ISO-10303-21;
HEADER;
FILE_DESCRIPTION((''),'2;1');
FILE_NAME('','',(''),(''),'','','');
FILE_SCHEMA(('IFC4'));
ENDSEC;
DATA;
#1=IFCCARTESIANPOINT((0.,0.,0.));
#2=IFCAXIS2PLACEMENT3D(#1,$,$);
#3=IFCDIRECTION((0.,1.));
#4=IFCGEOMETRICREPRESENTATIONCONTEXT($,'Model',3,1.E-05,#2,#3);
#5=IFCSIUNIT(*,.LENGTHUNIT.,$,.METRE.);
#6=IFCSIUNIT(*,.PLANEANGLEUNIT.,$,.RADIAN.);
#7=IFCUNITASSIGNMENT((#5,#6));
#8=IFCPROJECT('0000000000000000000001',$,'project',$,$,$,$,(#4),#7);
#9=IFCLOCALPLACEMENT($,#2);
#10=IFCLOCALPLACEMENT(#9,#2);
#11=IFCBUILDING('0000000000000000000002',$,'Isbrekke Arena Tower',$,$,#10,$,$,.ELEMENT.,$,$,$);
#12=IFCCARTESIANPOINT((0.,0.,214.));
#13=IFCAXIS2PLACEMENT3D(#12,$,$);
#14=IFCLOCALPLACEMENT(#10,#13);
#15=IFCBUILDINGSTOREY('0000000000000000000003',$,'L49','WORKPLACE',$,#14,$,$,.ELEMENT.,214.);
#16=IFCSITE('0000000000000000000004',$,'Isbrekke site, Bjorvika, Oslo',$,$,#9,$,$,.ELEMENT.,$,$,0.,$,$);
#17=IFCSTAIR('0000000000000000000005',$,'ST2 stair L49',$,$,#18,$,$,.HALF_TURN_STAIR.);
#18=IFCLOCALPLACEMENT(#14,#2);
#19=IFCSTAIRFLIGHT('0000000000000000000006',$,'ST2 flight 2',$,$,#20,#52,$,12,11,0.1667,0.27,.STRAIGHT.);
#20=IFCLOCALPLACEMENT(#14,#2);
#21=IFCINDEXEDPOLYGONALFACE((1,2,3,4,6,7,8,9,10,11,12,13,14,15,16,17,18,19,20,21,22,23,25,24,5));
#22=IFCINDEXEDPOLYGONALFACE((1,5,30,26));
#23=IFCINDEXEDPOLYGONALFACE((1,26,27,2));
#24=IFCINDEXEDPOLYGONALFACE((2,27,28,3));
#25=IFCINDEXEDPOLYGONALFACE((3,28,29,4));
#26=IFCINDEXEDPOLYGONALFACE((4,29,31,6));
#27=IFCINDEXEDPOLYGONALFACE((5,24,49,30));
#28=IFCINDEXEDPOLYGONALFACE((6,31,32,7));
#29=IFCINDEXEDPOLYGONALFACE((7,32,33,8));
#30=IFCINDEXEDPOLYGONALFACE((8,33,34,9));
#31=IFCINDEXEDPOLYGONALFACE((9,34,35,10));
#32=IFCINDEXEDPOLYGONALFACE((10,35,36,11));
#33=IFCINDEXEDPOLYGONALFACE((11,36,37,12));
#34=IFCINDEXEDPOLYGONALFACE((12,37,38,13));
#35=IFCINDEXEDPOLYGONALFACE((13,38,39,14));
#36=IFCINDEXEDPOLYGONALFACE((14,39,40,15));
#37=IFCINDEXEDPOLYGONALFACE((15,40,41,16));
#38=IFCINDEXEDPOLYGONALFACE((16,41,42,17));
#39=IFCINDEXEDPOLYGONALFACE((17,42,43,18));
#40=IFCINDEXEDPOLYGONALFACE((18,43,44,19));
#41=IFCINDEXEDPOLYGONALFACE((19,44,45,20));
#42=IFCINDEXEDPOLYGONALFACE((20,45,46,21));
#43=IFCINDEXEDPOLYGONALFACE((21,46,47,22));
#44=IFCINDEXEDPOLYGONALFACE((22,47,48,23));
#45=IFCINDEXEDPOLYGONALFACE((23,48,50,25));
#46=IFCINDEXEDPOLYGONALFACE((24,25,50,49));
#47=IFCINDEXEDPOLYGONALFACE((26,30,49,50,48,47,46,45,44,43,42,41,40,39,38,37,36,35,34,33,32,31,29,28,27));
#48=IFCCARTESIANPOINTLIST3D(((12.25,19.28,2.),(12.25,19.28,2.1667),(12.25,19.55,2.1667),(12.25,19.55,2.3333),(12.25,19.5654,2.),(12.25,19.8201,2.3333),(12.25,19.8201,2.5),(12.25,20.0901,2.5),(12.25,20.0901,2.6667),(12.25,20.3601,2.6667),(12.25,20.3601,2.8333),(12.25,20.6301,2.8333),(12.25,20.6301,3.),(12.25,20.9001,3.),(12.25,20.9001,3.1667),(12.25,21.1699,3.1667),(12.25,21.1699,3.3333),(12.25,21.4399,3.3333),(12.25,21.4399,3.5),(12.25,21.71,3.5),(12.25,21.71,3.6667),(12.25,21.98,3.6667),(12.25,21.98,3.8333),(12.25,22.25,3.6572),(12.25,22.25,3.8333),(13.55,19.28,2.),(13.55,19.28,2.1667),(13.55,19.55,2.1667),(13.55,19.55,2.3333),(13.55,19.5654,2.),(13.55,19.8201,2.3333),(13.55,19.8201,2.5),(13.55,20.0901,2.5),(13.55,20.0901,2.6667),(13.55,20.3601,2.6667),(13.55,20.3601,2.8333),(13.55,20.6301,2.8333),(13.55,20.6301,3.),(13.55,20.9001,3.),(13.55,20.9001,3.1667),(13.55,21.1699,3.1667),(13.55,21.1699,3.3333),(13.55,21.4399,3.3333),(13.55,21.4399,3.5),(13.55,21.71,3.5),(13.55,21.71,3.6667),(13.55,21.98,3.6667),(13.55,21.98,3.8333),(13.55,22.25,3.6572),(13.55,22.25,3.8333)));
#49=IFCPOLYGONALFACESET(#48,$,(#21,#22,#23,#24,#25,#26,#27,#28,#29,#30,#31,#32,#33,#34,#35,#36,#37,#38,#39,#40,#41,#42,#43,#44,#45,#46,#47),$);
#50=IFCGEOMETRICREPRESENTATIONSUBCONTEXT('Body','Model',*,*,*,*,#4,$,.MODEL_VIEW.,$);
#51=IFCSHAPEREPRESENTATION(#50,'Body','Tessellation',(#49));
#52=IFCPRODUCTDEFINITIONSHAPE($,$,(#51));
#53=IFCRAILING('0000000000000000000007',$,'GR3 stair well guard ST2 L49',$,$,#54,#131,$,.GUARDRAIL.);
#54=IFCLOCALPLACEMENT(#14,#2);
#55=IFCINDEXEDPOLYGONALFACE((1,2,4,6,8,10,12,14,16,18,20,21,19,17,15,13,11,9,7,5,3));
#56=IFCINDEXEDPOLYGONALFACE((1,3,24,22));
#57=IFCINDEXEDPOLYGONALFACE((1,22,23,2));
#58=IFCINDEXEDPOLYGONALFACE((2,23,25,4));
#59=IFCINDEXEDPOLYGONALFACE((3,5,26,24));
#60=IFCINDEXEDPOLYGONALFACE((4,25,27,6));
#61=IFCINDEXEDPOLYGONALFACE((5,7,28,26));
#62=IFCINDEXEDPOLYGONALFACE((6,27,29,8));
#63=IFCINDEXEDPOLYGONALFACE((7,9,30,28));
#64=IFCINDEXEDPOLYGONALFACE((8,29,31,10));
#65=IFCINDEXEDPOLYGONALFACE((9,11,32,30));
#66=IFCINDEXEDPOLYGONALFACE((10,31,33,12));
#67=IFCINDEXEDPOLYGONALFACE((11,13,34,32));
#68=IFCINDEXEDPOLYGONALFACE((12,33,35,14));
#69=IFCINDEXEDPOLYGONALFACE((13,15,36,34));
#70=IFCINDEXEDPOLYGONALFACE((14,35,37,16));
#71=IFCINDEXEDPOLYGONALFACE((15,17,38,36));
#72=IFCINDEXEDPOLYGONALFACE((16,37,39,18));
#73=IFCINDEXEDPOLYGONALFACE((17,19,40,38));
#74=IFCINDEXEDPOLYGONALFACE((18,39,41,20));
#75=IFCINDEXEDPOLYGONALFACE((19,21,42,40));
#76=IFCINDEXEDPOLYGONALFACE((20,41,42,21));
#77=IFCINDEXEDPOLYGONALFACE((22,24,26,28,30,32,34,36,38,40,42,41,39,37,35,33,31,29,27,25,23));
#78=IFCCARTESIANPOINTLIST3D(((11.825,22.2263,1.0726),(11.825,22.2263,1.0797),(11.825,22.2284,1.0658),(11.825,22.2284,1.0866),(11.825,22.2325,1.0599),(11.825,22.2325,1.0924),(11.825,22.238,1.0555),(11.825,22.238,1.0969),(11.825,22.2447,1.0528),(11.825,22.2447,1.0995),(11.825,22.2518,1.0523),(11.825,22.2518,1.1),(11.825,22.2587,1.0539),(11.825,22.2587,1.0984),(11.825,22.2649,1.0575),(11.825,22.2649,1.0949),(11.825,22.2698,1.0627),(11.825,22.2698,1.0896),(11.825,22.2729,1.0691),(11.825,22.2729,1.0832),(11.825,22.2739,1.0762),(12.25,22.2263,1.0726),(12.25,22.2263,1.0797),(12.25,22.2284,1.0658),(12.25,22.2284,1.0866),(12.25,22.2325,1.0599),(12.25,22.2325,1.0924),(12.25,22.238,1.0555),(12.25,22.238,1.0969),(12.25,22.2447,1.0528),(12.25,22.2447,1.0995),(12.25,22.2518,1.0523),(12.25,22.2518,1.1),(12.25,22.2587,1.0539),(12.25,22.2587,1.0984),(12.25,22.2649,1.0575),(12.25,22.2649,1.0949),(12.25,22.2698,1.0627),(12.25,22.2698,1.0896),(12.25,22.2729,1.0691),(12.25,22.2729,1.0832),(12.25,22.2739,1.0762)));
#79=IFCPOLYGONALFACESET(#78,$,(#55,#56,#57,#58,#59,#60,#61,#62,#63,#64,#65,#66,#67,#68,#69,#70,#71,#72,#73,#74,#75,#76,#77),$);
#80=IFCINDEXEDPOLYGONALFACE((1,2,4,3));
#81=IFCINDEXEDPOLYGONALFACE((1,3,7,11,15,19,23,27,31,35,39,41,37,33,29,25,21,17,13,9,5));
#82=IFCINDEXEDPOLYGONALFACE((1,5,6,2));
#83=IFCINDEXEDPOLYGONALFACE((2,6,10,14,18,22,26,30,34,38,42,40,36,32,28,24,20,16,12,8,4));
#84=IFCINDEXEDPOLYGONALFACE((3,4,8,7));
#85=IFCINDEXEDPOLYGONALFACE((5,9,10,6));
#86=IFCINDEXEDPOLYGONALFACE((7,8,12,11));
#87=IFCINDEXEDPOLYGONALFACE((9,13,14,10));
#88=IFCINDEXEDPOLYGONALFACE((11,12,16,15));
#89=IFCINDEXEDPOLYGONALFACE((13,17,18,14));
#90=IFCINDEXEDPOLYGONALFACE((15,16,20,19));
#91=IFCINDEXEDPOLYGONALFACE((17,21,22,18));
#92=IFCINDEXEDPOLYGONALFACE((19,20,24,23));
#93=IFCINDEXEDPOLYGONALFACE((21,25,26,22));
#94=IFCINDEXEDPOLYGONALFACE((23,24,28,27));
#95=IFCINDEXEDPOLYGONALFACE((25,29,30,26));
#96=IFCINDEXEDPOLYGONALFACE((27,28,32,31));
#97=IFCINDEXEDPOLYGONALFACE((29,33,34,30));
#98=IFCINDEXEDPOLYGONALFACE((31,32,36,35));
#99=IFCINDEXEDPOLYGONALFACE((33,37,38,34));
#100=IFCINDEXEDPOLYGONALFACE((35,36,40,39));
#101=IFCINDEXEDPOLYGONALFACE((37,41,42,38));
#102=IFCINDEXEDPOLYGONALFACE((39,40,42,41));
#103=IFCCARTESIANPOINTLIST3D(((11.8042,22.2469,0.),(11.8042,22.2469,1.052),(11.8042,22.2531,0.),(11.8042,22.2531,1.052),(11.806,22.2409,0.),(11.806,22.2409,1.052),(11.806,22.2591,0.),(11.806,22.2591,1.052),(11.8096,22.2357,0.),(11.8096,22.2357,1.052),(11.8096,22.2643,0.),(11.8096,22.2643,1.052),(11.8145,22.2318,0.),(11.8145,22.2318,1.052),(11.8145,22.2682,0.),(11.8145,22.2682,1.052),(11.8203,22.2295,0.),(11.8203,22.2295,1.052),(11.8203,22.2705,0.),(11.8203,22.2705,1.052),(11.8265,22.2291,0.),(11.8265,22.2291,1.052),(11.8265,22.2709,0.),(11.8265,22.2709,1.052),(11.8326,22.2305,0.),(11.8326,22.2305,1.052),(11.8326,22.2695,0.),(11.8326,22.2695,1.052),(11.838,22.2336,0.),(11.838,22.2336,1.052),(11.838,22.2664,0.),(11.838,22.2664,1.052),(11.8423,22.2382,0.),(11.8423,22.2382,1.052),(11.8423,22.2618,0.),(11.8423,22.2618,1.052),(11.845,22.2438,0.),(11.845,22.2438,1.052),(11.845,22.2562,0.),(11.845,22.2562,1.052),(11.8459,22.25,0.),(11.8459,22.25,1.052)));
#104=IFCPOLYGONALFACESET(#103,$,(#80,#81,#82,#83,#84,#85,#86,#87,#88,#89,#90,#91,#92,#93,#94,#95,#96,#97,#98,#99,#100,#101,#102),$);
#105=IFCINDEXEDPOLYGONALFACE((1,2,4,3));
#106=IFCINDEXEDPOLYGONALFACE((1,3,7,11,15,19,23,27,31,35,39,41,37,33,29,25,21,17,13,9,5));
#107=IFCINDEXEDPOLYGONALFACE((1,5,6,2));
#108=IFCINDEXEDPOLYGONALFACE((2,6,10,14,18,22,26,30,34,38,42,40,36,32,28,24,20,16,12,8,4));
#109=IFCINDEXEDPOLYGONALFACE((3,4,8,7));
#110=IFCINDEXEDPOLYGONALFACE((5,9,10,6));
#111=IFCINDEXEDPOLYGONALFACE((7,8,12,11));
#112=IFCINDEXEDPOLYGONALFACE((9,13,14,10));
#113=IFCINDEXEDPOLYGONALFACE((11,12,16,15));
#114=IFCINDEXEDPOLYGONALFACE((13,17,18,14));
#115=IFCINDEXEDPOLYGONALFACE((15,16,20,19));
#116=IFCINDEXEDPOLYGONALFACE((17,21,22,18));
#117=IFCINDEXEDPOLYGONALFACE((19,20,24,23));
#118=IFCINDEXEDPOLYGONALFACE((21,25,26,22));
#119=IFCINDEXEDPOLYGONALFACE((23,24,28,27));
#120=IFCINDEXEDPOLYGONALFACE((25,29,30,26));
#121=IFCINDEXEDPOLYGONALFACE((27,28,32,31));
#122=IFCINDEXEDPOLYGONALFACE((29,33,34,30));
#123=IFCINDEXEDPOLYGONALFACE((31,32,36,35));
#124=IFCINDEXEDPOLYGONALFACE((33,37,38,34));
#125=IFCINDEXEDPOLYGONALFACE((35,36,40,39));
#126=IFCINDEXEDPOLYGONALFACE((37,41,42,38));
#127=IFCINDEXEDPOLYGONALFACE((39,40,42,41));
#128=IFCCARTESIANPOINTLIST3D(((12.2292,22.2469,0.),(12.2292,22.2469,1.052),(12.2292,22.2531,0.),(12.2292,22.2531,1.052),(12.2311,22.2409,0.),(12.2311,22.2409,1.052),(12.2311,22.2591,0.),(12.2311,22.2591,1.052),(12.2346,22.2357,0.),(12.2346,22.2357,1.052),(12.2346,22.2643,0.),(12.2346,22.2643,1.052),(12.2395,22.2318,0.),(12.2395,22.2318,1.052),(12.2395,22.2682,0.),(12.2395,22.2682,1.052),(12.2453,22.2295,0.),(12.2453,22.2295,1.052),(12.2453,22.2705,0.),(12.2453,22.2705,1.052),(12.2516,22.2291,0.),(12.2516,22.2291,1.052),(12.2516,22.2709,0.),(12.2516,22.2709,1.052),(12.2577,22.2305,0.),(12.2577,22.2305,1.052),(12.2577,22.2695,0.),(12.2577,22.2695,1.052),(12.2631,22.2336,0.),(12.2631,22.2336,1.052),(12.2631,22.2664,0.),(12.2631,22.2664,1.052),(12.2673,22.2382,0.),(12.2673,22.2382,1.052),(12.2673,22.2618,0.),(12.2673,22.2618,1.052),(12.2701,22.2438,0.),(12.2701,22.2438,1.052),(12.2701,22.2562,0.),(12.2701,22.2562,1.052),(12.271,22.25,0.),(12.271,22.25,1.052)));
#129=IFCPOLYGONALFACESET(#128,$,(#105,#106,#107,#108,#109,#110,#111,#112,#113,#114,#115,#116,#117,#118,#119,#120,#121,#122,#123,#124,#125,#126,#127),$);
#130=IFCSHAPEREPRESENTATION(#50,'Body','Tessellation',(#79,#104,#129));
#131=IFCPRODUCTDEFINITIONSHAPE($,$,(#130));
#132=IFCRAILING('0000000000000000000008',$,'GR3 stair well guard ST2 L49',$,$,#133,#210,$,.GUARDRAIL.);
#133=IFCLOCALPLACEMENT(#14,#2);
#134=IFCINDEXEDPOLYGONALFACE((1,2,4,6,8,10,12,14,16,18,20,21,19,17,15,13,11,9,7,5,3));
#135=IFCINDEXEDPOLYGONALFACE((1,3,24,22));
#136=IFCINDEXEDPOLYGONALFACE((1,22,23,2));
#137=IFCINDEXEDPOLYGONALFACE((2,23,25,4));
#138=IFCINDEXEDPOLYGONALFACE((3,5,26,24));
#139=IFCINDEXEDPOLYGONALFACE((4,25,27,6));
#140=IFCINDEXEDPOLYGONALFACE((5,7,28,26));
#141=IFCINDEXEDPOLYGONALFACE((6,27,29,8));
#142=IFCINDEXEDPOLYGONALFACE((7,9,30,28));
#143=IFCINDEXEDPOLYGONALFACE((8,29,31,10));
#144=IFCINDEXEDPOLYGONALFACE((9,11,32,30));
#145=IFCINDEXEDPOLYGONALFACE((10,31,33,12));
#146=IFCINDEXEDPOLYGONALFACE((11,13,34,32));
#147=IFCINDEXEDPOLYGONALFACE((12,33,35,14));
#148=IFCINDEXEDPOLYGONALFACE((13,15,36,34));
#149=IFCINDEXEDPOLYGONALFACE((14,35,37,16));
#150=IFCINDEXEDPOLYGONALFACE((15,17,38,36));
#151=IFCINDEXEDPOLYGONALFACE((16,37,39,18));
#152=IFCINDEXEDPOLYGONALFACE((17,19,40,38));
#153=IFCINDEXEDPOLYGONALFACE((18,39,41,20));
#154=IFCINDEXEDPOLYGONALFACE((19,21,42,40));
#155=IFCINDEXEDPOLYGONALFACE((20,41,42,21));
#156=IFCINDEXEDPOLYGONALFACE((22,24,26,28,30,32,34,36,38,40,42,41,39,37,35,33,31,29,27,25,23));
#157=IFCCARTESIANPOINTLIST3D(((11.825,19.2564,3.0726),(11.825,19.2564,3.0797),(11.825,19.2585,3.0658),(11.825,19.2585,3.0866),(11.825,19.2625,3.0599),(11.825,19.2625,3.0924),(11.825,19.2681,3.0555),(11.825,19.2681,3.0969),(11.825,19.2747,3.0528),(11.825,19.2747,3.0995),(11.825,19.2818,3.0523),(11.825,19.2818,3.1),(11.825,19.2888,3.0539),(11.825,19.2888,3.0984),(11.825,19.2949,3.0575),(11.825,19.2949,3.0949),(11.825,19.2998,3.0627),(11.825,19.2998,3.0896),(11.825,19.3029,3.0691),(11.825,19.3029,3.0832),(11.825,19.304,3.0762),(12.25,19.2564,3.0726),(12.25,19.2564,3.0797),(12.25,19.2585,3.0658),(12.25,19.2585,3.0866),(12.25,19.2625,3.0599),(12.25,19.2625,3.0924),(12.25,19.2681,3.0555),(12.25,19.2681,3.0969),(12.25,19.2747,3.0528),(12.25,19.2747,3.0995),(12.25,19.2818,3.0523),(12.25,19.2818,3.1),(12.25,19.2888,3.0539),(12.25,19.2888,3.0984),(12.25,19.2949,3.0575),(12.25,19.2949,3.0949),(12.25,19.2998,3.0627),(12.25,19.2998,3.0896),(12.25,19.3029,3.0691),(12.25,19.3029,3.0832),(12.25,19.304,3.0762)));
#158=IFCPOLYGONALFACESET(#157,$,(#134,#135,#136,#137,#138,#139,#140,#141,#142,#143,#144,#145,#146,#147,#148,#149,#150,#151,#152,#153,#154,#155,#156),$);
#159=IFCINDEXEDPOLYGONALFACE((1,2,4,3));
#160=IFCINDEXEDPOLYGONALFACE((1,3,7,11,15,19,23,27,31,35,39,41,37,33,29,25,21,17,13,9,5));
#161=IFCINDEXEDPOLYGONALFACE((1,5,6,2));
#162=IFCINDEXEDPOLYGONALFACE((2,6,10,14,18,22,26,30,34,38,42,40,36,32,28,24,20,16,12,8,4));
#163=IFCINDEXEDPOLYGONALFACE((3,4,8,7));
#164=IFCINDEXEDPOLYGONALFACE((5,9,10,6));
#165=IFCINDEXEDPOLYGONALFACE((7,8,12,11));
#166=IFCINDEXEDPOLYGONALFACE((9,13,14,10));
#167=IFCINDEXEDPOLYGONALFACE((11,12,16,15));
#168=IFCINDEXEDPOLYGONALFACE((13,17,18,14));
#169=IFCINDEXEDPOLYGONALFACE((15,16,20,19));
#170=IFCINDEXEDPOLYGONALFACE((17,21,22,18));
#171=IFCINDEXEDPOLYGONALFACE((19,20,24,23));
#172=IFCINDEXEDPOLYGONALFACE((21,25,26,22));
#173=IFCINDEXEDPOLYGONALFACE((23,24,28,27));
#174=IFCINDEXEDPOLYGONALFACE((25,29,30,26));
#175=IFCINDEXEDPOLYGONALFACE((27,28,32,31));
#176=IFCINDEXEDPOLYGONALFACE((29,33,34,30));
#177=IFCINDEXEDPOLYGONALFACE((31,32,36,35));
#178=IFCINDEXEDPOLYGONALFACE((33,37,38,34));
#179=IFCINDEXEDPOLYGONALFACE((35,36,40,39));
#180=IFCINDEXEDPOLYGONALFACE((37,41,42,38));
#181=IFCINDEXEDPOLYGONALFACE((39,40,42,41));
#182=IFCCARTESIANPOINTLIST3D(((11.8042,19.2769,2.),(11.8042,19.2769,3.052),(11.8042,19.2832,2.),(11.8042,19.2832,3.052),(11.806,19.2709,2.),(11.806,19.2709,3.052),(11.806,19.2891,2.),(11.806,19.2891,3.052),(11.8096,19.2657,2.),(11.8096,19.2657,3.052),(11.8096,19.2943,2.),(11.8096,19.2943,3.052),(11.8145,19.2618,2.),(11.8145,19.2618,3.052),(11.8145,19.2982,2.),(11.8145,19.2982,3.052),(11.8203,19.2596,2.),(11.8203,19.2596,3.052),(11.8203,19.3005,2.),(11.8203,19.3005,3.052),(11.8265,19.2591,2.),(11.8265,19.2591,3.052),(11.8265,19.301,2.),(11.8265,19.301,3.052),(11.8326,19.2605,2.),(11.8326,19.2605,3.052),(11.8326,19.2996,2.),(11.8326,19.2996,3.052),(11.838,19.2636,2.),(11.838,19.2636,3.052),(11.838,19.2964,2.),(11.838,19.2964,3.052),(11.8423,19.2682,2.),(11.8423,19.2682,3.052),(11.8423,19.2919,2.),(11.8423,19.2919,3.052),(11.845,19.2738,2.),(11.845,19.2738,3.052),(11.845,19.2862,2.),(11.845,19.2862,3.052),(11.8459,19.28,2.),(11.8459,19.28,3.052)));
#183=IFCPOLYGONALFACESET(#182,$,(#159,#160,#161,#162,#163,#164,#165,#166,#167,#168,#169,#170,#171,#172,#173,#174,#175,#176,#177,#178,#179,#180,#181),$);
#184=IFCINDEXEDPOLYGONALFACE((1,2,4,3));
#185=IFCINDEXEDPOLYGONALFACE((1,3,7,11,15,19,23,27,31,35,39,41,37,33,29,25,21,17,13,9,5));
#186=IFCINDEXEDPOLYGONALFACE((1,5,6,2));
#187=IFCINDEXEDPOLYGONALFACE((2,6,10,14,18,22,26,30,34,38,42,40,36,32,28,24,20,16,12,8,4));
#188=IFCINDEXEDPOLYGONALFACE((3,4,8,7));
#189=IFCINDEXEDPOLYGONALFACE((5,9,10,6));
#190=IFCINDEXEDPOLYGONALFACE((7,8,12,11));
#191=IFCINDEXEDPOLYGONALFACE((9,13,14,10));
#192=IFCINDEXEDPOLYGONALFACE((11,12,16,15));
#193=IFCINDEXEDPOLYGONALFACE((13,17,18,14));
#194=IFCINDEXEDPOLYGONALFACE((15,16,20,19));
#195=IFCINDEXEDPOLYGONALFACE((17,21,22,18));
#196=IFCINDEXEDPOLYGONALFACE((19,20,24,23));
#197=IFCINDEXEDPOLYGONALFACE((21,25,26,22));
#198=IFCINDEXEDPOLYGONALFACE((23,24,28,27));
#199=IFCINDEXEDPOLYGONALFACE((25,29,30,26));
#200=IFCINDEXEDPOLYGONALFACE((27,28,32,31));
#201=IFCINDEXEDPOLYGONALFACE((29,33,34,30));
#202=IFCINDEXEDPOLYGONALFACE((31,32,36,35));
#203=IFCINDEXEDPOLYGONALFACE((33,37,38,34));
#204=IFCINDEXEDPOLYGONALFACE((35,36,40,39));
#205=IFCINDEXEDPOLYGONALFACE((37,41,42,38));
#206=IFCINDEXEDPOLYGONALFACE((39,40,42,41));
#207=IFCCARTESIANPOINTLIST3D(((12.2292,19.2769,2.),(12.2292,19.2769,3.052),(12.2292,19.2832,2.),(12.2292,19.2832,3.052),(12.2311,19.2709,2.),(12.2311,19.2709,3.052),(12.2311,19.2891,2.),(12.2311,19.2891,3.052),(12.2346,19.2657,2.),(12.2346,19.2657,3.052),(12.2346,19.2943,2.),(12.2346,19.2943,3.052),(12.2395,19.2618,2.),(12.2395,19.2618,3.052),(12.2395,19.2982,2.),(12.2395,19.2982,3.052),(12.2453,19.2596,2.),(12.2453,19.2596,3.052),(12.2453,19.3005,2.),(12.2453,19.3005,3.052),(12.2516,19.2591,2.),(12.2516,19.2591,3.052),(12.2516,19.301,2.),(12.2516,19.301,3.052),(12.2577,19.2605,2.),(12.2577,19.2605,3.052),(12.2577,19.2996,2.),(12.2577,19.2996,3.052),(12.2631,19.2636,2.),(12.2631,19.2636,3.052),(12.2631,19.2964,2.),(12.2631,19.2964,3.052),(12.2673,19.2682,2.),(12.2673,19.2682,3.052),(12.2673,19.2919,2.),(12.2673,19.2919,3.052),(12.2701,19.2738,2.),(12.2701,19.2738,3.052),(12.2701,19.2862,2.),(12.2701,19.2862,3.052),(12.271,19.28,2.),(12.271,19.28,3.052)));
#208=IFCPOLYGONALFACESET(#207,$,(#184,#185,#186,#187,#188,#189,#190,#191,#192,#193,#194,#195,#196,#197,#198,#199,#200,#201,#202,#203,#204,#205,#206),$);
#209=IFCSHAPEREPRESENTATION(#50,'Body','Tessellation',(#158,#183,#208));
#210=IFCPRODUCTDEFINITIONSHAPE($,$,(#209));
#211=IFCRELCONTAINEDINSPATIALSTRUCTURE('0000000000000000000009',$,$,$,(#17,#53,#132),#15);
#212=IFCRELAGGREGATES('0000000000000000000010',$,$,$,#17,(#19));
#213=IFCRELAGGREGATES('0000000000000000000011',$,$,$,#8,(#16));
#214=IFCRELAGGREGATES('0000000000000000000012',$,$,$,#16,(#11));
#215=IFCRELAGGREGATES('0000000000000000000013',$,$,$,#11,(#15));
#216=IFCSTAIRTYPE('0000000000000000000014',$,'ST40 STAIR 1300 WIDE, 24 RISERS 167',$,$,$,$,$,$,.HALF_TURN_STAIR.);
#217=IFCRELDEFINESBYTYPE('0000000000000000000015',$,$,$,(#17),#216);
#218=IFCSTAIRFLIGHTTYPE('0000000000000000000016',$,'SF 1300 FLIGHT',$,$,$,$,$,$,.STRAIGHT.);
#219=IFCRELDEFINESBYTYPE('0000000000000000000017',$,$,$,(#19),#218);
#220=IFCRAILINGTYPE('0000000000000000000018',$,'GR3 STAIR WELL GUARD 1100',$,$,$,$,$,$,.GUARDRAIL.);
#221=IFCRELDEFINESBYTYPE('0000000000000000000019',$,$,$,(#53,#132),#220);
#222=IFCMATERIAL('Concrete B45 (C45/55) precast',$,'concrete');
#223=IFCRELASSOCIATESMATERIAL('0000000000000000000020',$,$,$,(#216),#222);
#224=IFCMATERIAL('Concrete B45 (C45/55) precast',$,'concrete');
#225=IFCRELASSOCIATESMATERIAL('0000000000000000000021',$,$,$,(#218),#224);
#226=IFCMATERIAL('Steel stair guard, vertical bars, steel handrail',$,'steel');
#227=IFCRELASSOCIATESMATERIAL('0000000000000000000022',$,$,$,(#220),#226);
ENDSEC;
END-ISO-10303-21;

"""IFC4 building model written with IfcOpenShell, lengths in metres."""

from ifc_helpers import new_model, si_unit, direction, frame, origin, origin_2d, place, context, subcontext, project, spatial, polyline, circle, outline, extrude, material, type_object, element, aggregate, save


model = new_model("IFC4")

# Units and contexts
model_context = context("Model", 3, precision=1e-05, world=origin(), true_north=direction((0.0, 1.0)))
body_context = subcontext(model_context, "Body", "Model", "MODEL_VIEW")
ifc_project = project(units=[si_unit("LENGTHUNIT", "METRE"), si_unit("PLANEANGLEUNIT", "RADIAN")], contexts=[model_context])

# Site, building, storey
site_placement = place(None, origin())
site = spatial("IfcSite", under=ifc_project, at=site_placement, Name="Isbrekke site, Bjorvika, Oslo", CompositionType="ELEMENT", RefElevation=0.0)
building_placement = place(site_placement, origin())
building = spatial("IfcBuilding", under=site, at=building_placement, Name="Isbrekke Arena Tower", CompositionType="ELEMENT")
storey_placement = place(building_placement, frame((0.0, 0.0, 214.0)))
storey = spatial("IfcBuildingStorey", under=building, at=storey_placement, Name="L49", Description="WORKPLACE", CompositionType="ELEMENT", Elevation=214.0)

# Stair, stair flight
ifc_material_1 = material(Name="Concrete B45 (C45/55) precast", Category="concrete")
stair_type = type_object("IfcStairType", Name="ST40 STAIR 1300 WIDE, 24 RISERS 167", PredefinedType="HALF_TURN_STAIR", material=ifc_material_1)
stair_placement = place(storey_placement, origin())
stair = element("IfcStair", 1, at=stair_placement, inside=storey, type_object=stair_type, Name="ST2 stair L49", PredefinedType="HALF_TURN_STAIR")
ifc_material_2 = material(Name="Concrete B45 (C45/55) precast", Category="concrete")
stair_flight_type = type_object("IfcStairFlightType", Name="SF 1300 FLIGHT", PredefinedType="STRAIGHT", material=ifc_material_2)
stair_flight_1_placement = place(storey_placement, frame((12.8999, 19.28, 2.0), z_axis=(0.0, 0.0, 1.0), x_axis=(0.0, 1.0, 0.0)))
stair_flight_1 = element("IfcStairFlight", 2, at=stair_flight_1_placement, type_object=stair_flight_type, Name="ST2 flight 2", NumberOfRisers=12, NumberOfTreads=11, PredefinedType="STRAIGHT", RiserHeight=0.1667, TreadLength=0.27, context=body_context, shape_type="SweptSolid", body=[
    extrude(outline(polyline([(0.0, 0.0), (0.0, 0.1667), (0.27, 0.1667), (0.27, 0.3333), (0.54, 0.3333), (0.54, 0.5), (0.8101, 0.5), (0.8101, 0.6667), (1.0801, 0.6667), (1.0801, 0.8333), (1.3501, 0.8333), (1.3501, 1.0), (1.6201, 1.0), (1.6201, 1.1667), (1.8899, 1.1667), (1.8899, 1.3333), (2.1599, 1.3333), (2.1599, 1.5), (2.4299, 1.5), (2.4299, 1.6667), (2.7, 1.6667), (2.7, 1.8333), (2.97, 1.8333), (2.97, 2.0), (2.97, 1.6572), (0.2854, 0.0), (0.0, 0.0)])), frame((0.0, 0.6499, 0.0), z_axis=(0.0, -1.0, 0.0), x_axis=(1.0, 0.0, 0.0)), (0.0, 0.0, 1.0), 1.3),
])
aggregate(stair, [stair_flight_1])

# Railings
ifc_material_3 = material(Name="Steel stair guard, vertical bars, steel handrail", Category="steel")
railing_type = type_object("IfcRailingType", Name="GR3 STAIR WELL GUARD 1100", PredefinedType="GUARDRAIL", material=ifc_material_3)
for number, where, name in (
    (3, (11.825, 22.25, 0.0), "GR3 stair well guard ST2 L49"),
    (4, (11.825, 19.28, 2.0), "GR3 stair well guard ST2 L49"),
):
    element("IfcRailing", number, at=place(storey_placement, frame(where)), inside=storey, type_object=railing_type, Name=name, PredefinedType="GUARDRAIL", context=body_context, shape_type="SweptSolid", body=[
        extrude(circle(Radius=0.0239, at=origin_2d()), frame((0.0, 0.0, 1.0762), z_axis=(1.0, 0.0, 0.0), x_axis=(0.0, 1.0, 0.0)), (0.0, 0.0, 1.0), 0.425),
        extrude(circle(Radius=0.021, at=origin_2d()), origin(), (0.0, 0.0, 1.0), 1.052),
        extrude(circle(Radius=0.021, at=origin_2d()), frame((0.425, 0.0, 0.0)), (0.0, 0.0, 1.0), 1.052),
    ])

save(model, "model.ifc")
